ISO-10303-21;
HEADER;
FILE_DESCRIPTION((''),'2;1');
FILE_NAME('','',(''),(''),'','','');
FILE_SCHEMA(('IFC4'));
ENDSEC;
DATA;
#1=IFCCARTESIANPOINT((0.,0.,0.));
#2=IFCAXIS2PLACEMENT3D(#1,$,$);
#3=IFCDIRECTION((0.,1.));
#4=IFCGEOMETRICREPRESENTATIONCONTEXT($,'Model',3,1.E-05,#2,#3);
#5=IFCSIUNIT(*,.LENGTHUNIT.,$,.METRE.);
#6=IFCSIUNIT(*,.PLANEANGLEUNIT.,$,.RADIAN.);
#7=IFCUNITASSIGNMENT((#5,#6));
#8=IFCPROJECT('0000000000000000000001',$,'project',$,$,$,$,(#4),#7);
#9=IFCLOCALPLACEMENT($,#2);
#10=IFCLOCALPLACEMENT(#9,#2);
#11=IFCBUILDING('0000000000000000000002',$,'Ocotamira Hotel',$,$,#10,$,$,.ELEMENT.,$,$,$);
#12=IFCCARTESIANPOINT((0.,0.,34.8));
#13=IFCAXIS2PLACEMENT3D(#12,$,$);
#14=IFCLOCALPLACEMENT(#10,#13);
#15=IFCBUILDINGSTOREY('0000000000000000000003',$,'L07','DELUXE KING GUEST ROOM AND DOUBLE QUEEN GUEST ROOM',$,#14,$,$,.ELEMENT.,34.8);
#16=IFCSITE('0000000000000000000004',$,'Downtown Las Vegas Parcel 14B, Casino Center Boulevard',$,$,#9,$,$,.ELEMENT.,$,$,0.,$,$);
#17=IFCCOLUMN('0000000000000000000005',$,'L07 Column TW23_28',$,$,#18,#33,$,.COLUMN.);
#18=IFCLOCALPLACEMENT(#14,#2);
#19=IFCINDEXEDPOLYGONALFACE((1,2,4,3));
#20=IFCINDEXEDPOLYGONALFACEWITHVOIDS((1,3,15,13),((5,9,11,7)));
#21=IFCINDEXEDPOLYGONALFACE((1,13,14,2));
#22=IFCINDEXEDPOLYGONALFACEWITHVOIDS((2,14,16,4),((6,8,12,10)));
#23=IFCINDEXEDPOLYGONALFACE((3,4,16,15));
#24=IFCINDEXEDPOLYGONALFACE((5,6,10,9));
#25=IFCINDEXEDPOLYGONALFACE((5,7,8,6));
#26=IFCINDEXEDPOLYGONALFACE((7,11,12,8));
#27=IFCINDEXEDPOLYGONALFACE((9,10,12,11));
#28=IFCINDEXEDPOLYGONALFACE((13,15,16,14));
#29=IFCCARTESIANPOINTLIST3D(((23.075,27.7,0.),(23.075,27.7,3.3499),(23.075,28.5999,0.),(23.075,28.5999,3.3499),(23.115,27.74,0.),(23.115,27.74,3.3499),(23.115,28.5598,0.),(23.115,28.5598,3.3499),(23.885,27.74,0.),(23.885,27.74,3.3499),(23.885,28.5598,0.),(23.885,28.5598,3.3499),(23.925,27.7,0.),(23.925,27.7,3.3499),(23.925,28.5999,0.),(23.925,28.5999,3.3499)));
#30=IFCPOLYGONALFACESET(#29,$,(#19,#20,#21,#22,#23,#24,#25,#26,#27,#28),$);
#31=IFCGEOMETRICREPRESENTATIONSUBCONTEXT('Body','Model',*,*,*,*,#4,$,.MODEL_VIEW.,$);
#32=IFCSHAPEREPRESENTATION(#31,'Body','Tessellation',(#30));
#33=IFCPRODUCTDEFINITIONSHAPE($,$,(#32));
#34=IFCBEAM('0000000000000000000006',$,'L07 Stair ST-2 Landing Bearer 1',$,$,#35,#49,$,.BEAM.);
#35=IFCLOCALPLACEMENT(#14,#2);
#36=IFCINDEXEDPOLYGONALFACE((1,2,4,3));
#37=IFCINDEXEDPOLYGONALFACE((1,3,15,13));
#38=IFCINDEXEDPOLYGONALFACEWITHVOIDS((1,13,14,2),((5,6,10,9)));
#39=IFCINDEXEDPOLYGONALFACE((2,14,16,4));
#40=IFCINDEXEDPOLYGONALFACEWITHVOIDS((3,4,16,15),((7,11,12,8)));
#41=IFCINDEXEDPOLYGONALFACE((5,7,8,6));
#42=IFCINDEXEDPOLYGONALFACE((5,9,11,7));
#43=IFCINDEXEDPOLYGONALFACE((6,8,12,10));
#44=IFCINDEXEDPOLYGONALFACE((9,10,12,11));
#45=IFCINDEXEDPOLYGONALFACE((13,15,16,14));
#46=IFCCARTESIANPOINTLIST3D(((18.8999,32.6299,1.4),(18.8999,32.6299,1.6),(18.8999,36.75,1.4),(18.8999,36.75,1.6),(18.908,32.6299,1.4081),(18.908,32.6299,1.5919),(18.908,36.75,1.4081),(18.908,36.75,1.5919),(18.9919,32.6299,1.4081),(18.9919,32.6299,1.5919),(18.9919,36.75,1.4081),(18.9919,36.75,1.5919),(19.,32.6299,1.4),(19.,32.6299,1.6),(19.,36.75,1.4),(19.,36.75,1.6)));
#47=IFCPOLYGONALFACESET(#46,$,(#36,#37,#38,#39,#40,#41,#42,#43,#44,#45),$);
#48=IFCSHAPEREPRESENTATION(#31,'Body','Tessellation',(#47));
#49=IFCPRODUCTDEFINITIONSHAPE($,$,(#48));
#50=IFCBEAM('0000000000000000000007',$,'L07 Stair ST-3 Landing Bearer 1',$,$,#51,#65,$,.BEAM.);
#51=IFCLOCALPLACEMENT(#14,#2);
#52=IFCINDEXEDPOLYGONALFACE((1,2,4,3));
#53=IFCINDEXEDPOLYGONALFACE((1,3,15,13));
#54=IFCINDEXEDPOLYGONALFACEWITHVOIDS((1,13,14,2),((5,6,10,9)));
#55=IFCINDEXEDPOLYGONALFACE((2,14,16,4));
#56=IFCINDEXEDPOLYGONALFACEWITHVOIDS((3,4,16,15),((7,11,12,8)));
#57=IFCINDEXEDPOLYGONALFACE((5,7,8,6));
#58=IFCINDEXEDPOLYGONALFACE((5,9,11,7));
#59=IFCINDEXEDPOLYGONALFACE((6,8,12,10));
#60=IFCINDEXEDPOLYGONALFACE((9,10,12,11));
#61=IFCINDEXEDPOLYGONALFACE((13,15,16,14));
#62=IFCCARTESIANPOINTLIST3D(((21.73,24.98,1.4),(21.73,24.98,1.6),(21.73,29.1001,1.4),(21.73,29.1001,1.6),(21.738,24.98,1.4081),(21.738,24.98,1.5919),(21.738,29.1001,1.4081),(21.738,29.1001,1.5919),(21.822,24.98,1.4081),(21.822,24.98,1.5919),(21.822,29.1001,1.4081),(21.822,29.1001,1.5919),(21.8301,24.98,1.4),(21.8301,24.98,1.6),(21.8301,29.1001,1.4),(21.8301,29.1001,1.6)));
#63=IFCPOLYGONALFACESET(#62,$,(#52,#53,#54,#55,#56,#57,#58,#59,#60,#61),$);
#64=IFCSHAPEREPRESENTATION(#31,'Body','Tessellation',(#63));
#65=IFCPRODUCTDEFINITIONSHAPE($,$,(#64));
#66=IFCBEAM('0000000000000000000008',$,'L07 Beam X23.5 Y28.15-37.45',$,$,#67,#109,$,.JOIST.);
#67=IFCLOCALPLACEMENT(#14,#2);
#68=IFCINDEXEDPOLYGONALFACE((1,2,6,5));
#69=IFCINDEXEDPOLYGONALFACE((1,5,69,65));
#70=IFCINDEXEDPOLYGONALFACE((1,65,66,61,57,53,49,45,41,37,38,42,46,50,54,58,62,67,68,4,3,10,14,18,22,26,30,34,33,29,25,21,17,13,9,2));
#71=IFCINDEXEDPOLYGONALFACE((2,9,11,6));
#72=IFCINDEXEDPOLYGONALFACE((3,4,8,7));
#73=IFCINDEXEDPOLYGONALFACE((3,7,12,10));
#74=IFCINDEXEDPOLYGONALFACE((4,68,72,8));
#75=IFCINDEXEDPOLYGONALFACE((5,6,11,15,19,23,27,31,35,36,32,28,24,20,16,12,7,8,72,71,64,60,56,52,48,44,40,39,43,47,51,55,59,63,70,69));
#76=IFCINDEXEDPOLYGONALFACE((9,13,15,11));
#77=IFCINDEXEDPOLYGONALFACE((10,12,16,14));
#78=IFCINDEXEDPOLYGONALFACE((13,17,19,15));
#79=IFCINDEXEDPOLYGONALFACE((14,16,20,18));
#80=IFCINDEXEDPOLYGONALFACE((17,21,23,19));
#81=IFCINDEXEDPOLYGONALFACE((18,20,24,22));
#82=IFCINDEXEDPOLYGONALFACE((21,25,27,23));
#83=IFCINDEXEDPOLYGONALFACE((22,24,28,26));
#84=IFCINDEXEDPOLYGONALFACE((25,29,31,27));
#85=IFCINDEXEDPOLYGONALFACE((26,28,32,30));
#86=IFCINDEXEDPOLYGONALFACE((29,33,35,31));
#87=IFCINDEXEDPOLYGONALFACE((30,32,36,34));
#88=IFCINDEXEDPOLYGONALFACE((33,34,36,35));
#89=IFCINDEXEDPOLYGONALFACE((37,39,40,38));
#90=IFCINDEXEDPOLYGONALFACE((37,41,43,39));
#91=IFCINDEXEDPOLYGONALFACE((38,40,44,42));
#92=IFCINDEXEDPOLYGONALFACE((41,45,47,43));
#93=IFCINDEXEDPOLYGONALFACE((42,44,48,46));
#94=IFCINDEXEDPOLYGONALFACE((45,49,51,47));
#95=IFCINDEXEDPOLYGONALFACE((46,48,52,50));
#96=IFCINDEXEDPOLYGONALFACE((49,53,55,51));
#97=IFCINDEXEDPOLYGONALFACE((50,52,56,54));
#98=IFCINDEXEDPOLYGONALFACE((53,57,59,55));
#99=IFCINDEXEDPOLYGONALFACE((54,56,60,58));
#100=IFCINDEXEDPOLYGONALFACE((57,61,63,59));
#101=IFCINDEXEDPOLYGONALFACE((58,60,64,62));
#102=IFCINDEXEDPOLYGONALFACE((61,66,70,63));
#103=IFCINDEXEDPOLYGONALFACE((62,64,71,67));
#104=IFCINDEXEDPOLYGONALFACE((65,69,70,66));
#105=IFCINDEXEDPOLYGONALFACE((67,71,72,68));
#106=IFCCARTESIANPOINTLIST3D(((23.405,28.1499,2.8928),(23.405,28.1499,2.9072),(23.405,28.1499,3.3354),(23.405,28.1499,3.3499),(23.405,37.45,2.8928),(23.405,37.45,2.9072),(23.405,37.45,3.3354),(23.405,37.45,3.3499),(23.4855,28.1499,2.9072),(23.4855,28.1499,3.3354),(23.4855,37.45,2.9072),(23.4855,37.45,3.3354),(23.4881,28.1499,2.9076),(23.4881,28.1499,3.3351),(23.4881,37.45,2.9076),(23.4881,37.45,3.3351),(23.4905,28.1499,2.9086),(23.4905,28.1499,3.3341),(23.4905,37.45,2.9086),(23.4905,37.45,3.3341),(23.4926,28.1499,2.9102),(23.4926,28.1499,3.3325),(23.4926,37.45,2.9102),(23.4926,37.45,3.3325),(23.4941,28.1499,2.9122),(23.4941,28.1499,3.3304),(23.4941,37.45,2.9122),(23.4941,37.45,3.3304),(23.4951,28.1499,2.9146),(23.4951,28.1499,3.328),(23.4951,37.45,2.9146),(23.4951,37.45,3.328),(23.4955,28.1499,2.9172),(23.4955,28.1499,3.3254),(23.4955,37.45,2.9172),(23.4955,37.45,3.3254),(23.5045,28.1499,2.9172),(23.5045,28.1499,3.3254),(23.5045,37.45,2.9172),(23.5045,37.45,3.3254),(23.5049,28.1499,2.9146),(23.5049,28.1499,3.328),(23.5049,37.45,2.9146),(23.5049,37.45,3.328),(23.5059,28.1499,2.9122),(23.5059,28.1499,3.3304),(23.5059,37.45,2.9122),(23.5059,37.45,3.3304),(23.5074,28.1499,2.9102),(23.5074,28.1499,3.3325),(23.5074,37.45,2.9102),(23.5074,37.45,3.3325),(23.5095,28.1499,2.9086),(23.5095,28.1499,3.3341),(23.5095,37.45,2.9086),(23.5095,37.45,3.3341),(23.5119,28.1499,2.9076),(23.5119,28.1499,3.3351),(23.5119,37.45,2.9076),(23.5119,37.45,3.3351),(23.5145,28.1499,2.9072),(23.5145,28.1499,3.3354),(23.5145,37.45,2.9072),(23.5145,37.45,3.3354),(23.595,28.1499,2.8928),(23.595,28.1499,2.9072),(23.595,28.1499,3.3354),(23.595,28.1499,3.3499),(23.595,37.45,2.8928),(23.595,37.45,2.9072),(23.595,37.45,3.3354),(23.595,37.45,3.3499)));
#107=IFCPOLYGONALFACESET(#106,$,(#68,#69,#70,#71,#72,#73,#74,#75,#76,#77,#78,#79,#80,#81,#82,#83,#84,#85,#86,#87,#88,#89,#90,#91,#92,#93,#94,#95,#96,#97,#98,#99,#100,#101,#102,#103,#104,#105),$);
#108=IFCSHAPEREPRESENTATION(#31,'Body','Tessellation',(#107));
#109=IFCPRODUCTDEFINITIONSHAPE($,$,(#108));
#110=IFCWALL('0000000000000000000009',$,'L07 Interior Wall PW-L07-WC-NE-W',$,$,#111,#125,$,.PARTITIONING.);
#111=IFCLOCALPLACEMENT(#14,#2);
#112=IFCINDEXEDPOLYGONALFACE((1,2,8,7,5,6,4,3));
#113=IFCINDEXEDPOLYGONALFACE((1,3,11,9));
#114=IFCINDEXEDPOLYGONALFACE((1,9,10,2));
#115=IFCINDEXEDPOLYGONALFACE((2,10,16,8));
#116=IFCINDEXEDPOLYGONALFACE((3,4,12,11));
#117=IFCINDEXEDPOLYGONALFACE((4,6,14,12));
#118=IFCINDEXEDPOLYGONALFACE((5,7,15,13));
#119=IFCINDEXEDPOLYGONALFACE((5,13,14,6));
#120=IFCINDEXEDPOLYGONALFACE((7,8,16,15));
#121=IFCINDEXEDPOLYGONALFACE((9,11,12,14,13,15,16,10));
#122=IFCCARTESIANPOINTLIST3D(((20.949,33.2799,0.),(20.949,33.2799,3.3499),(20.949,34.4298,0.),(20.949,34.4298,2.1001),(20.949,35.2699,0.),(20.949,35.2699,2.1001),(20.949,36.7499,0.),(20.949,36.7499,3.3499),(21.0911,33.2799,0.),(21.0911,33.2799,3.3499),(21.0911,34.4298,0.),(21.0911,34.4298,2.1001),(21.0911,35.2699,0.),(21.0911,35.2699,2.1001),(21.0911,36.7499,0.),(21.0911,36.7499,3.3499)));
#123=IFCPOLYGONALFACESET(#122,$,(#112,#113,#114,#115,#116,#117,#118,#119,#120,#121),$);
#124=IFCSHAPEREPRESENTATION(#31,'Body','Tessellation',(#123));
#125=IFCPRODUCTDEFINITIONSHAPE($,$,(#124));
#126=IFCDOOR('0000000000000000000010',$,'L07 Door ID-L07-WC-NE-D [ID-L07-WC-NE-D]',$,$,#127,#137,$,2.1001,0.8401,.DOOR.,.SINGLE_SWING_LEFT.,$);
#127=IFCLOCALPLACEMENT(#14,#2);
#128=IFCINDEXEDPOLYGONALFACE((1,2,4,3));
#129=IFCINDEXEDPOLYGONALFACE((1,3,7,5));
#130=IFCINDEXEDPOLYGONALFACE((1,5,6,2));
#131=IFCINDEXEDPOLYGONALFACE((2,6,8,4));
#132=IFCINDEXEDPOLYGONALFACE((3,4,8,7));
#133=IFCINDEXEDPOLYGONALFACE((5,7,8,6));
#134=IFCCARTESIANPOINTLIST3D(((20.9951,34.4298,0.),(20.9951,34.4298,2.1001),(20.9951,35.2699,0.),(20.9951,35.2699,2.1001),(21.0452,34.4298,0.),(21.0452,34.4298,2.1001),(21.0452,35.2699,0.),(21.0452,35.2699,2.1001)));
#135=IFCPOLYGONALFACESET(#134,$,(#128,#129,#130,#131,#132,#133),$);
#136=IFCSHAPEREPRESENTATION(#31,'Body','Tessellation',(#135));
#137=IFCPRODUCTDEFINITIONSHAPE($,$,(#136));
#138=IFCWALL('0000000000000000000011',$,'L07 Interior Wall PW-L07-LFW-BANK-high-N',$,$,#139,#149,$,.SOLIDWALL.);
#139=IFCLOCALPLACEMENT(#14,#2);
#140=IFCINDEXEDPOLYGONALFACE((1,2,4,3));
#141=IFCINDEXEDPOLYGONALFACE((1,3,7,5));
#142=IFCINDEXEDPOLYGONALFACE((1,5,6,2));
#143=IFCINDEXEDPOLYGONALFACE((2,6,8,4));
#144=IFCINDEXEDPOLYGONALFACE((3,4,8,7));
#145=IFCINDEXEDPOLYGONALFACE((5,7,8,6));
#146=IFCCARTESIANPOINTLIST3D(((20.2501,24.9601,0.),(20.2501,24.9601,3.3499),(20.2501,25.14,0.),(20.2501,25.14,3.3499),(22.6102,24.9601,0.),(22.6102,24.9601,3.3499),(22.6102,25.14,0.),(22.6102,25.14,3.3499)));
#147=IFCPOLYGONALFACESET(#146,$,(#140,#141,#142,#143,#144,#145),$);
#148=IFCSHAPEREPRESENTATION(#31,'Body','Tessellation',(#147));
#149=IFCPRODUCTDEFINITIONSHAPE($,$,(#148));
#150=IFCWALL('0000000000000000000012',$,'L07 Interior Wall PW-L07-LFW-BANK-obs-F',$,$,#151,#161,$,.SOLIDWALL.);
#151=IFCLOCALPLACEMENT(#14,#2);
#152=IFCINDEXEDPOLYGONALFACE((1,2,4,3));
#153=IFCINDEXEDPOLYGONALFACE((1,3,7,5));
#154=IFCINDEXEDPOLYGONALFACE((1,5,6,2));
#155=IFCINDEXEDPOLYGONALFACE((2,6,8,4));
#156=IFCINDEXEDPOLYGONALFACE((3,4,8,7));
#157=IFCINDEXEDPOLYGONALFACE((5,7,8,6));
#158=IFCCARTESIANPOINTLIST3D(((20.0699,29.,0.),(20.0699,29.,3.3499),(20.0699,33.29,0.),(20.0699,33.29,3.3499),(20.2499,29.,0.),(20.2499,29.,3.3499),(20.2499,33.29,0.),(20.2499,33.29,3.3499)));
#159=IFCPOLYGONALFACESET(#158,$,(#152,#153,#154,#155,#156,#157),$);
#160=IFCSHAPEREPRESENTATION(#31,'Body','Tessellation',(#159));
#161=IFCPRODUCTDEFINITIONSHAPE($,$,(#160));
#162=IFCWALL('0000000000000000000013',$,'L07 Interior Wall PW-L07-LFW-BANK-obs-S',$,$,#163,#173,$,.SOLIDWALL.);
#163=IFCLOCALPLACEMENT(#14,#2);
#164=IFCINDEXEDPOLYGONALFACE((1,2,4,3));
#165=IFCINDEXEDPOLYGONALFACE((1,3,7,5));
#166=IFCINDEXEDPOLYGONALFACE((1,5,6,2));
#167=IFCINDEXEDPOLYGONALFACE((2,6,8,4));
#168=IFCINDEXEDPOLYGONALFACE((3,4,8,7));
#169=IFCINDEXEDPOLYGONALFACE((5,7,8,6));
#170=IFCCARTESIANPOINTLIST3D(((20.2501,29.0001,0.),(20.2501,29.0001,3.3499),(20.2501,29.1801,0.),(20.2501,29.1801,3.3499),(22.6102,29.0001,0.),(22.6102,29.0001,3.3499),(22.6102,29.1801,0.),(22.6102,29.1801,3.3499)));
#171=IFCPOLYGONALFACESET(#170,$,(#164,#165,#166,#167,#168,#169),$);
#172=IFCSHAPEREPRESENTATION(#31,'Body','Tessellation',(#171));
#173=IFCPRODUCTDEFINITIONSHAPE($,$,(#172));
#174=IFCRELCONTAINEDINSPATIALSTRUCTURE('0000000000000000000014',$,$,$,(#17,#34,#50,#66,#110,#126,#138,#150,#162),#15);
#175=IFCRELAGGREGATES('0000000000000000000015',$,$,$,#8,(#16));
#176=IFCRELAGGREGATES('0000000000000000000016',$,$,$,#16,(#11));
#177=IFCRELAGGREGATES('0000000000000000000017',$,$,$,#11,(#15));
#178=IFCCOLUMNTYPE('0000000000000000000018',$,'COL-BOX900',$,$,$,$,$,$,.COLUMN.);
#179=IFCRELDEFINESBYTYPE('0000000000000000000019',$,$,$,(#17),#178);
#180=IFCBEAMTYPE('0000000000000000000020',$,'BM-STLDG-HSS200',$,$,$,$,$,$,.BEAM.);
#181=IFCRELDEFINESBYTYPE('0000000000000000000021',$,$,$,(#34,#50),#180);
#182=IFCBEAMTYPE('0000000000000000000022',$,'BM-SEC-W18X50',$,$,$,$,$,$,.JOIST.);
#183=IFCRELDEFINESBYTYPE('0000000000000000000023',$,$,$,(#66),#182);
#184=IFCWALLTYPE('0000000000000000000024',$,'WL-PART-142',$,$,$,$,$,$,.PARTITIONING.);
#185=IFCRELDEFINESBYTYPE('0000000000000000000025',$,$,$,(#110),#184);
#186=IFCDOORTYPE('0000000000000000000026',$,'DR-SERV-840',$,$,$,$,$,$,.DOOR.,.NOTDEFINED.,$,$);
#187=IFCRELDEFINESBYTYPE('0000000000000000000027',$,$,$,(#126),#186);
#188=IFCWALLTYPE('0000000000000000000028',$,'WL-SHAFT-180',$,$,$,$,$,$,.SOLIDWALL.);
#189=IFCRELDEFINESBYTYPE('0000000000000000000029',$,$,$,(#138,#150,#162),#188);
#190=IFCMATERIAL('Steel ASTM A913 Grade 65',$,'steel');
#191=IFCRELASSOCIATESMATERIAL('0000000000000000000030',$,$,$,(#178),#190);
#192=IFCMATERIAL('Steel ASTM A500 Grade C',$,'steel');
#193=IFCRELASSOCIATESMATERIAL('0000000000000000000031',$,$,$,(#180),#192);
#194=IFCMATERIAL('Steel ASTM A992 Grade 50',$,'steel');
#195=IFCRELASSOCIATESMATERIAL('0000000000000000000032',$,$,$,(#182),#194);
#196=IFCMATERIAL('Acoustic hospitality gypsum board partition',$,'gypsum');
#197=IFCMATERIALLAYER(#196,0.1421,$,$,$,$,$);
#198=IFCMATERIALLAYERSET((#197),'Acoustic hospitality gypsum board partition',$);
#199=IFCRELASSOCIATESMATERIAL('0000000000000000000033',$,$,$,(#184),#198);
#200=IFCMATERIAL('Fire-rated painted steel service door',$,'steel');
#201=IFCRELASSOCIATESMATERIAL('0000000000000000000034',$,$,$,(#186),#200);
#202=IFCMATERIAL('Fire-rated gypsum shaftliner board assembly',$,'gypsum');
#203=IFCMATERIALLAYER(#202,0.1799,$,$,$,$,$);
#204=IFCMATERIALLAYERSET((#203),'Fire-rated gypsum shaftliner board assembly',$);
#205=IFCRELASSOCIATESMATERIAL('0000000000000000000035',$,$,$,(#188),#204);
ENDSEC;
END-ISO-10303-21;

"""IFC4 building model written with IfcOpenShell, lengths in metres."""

from ifc_helpers import new_model, si_unit, direction, frame, frame_2d, origin, origin_2d, place, context, subcontext, project, spatial, rectangle, hollow_rectangle, i_section, extrude, source, transform, mapped, material, layer, layer_set, material_profile, profile_set, type_object, element, fill, save


model = new_model("IFC4")

# Units and contexts
model_context = context("Model", 3, precision=1e-05, world=origin(), true_north=direction((0.0, 1.0)))
body_context = subcontext(model_context, "Body", "Model", "MODEL_VIEW")
ifc_project = project(units=[si_unit("LENGTHUNIT", "METRE"), si_unit("PLANEANGLEUNIT", "RADIAN")], contexts=[model_context])

# Site, building, storey
site_placement = place(None, origin())
site = spatial("IfcSite", under=ifc_project, at=site_placement, Name="Downtown Las Vegas Parcel 14B, Casino Center Boulevard", CompositionType="ELEMENT", RefElevation=0.0)
building_placement = place(site_placement, origin())
building = spatial("IfcBuilding", under=site, at=building_placement, Name="Ocotamira Hotel", CompositionType="ELEMENT")
storey_placement = place(building_placement, frame((0.0, 0.0, 34.8)))
storey = spatial("IfcBuildingStorey", under=building, at=storey_placement, Name="L07", Description="DELUXE KING GUEST ROOM AND DOUBLE QUEEN GUEST ROOM", CompositionType="ELEMENT", Elevation=34.8)

# Column
ifc_material_1 = material(Name="Steel ASTM A913 Grade 65", Category="steel")
ifc_material_profile_1 = material_profile(ifc_material_1, hollow_rectangle(XDim=0.8501, YDim=0.8999, WallThickness=0.04, at=origin_2d()), Name="BOX900X850X40")
ifc_profile_set_1 = profile_set([ifc_material_profile_1], Name="Steel ASTM A913 Grade 65")
column_type = type_object("IfcColumnType", Name="COL-BOX900", PredefinedType="COLUMN", material=ifc_profile_set_1)
shared_shape_1 = source(origin(), body_context, "Body", "SweptSolid", [
    extrude(hollow_rectangle(XDim=0.8501, YDim=0.8999, WallThickness=0.04, at=origin_2d()), origin(), (0.0, 0.0, 1.0), 3.3499),
])
column_placement = place(storey_placement, frame((23.5, 28.1499, 0.0), z_axis=(0.0, 0.0, 1.0), x_axis=(1.0, 0.0, 0.0)))
element("IfcColumn", 1, at=column_placement, inside=storey, type_object=column_type, Name="L07 Column TW23_28", PredefinedType="COLUMN", context=body_context, shape_type="MappedRepresentation", body=[
    mapped(shared_shape_1, transform((0.0, 0.0, 0.0), scale=1.0)),
])

# Beams
ifc_material_2 = material(Name="Steel ASTM A500 Grade C", Category="steel")
ifc_material_profile_2 = material_profile(ifc_material_2, hollow_rectangle(XDim=0.1001, YDim=0.2, WallThickness=0.0081, at=origin_2d()), Name="HSS200X100X8")
ifc_profile_set_2 = profile_set([ifc_material_profile_2], Name="Steel ASTM A500 Grade C")
beam_type_1 = type_object("IfcBeamType", Name="BM-STLDG-HSS200", PredefinedType="BEAM", material=ifc_profile_set_2)
shared_shape_2 = source(origin(), body_context, "Body", "SweptSolid", [
    extrude(hollow_rectangle(XDim=0.1001, YDim=0.2, WallThickness=0.0081, at=origin_2d()), origin(), (0.0, 0.0, 1.0), 4.1201),
])
for number, where, z_axis, x_axis, name in (
    (2, (18.95, 32.6299, 1.5), (0.0, 1.0, 0.0), (-1.0, 0.0, 0.0), "L07 Stair ST-2 Landing Bearer 1"),
    (3, (21.78, 24.98, 1.5), (0.0, 1.0, 0.0), (-1.0, 0.0, 0.0), "L07 Stair ST-3 Landing Bearer 1"),
):
    element("IfcBeam", number, at=place(storey_placement, frame(where, z_axis=z_axis, x_axis=x_axis)), inside=storey, type_object=beam_type_1, Name=name, PredefinedType="BEAM", context=body_context, shape_type="MappedRepresentation", body=[
        mapped(shared_shape_2, transform((0.0, 0.0, 0.0), scale=1.0)),
    ])
ifc_material_3 = material(Name="Steel ASTM A992 Grade 50", Category="steel")
ifc_material_profile_3 = material_profile(ifc_material_3, i_section(OverallWidth=0.1899, OverallDepth=0.457, WebThickness=0.009, FlangeThickness=0.0144, FilletRadius=0.01, at=origin_2d()), Name="W18X50")
ifc_profile_set_3 = profile_set([ifc_material_profile_3], Name="Steel ASTM A992 Grade 50")
beam_type_2 = type_object("IfcBeamType", Name="BM-SEC-W18X50", PredefinedType="JOIST", material=ifc_profile_set_3)
shared_shape_3 = source(origin(), body_context, "Body", "SweptSolid", [
    extrude(i_section(OverallWidth=0.1899, OverallDepth=0.457, WebThickness=0.009, FlangeThickness=0.0144, FilletRadius=0.01, at=origin_2d()), origin(), (0.0, 0.0, 1.0), 9.3),
])
beam_placement = place(storey_placement, frame((23.5, 28.1499, 3.1213), z_axis=(0.0, 1.0, 0.0), x_axis=(-1.0, 0.0, 0.0)))
element("IfcBeam", 4, at=beam_placement, inside=storey, type_object=beam_type_2, Name="L07 Beam X23.5 Y28.15-37.45", PredefinedType="JOIST", context=body_context, shape_type="MappedRepresentation", body=[
    mapped(shared_shape_3, transform((0.0, 0.0, 0.0), scale=1.0)),
])

# Wall, opening, door
ifc_material_4 = material(Name="Acoustic hospitality gypsum board partition", Category="gypsum")
ifc_layer_1 = layer(ifc_material_4, 0.1421)
ifc_layer_set_1 = layer_set([ifc_layer_1], Name="Acoustic hospitality gypsum board partition")
wall_type_1 = type_object("IfcWallType", Name="WL-PART-142", PredefinedType="PARTITIONING", material=ifc_layer_set_1)
wall_1_placement = place(storey_placement, frame((21.02, 33.28, 0.0), z_axis=(0.0, 0.0, 1.0), x_axis=(0.0, 1.0, 0.0)))
wall_1 = element("IfcWall", 5, at=wall_1_placement, inside=storey, type_object=wall_type_1, Name="L07 Interior Wall PW-L07-WC-NE-W", PredefinedType="PARTITIONING", context=body_context, shape_type="SweptSolid", body=[
    extrude(rectangle(XDim=3.47, YDim=0.1421, at=frame_2d((1.7349, 0.0))), origin(), (0.0, 0.0, 1.0), 3.3499),
])
opening_1_placement = place(wall_1_placement, frame((1.1499, 0.0, 0.0)))
opening_1 = element("IfcOpeningElement", 6, at=opening_1_placement, cuts=wall_1, PredefinedType="OPENING", context=body_context, shape_type="SweptSolid", body=[
    extrude(rectangle(XDim=0.8401, YDim=2.1001, at=frame_2d((0.4199, 1.05))), frame((0.0, 0.0811, 0.0), z_axis=(0.0, -1.0, 0.0), x_axis=(1.0, 0.0, 0.0)), (0.0, 0.0, 1.0), 0.1621),
])
ifc_material_5 = material(Name="Fire-rated painted steel service door", Category="steel")
door_type_1 = type_object("IfcDoorType", Name="DR-SERV-840", OperationType="NOTDEFINED", PredefinedType="DOOR", material=ifc_material_5)
shared_shape_4 = source(origin(), body_context, "Body", "SweptSolid", [
    extrude(rectangle(XDim=0.8401, YDim=2.1001, at=frame_2d((0.4199, 1.05))), frame((0.0, 0.0249, 0.0), z_axis=(0.0, -1.0, 0.0), x_axis=(1.0, 0.0, 0.0)), (0.0, 0.0, 1.0), 0.05),
])
door_1_placement = place(opening_1_placement, origin())
door_1 = element("IfcDoor", 7, at=door_1_placement, inside=storey, type_object=door_type_1, Name="L07 Door ID-L07-WC-NE-D [ID-L07-WC-NE-D]", OperationType="SINGLE_SWING_LEFT", OverallHeight=2.1001, OverallWidth=0.8401, PredefinedType="DOOR", context=body_context, shape_type="MappedRepresentation", body=[
    mapped(shared_shape_4, transform((0.0, 0.0, 0.0), scale=1.0)),
])
fill(opening_1, door_1)

# Walls
ifc_material_6 = material(Name="Fire-rated gypsum shaftliner board assembly", Category="gypsum")
ifc_layer_2 = layer(ifc_material_6, 0.1799)
ifc_layer_set_2 = layer_set([ifc_layer_2], Name="Fire-rated gypsum shaftliner board assembly")
wall_type_2 = type_object("IfcWallType", Name="WL-SHAFT-180", PredefinedType="SOLIDWALL", material=ifc_layer_set_2)
wall_2_placement = place(storey_placement, frame((20.25, 25.05, 0.0), z_axis=(0.0, 0.0, 1.0), x_axis=(1.0, 0.0, 0.0)))
element("IfcWall", 8, at=wall_2_placement, inside=storey, type_object=wall_type_2, Name="L07 Interior Wall PW-L07-LFW-BANK-high-N", PredefinedType="SOLIDWALL", context=body_context, shape_type="SweptSolid", body=[
    extrude(rectangle(XDim=2.3601, YDim=0.1799, at=frame_2d((1.1802, 0.0))), origin(), (0.0, 0.0, 1.0), 3.3499),
])
wall_3_placement = place(storey_placement, frame((20.1599, 29.0, 0.0), z_axis=(0.0, 0.0, 1.0), x_axis=(0.0, 1.0, 0.0)))
element("IfcWall", 9, at=wall_3_placement, inside=storey, type_object=wall_type_2, Name="L07 Interior Wall PW-L07-LFW-BANK-obs-F", PredefinedType="SOLIDWALL", context=body_context, shape_type="SweptSolid", body=[
    extrude(rectangle(XDim=4.29, YDim=0.1799, at=frame_2d((2.145, 0.0))), origin(), (0.0, 0.0, 1.0), 3.3499),
])
wall_4_placement = place(storey_placement, frame((20.25, 29.0901, 0.0), z_axis=(0.0, 0.0, 1.0), x_axis=(1.0, 0.0, 0.0)))
element("IfcWall", 10, at=wall_4_placement, inside=storey, type_object=wall_type_2, Name="L07 Interior Wall PW-L07-LFW-BANK-obs-S", PredefinedType="SOLIDWALL", context=body_context, shape_type="SweptSolid", body=[
    extrude(rectangle(XDim=2.3601, YDim=0.1799, at=frame_2d((1.1802, 0.0))), origin(), (0.0, 0.0, 1.0), 3.3499),
])

save(model, "model.ifc")
